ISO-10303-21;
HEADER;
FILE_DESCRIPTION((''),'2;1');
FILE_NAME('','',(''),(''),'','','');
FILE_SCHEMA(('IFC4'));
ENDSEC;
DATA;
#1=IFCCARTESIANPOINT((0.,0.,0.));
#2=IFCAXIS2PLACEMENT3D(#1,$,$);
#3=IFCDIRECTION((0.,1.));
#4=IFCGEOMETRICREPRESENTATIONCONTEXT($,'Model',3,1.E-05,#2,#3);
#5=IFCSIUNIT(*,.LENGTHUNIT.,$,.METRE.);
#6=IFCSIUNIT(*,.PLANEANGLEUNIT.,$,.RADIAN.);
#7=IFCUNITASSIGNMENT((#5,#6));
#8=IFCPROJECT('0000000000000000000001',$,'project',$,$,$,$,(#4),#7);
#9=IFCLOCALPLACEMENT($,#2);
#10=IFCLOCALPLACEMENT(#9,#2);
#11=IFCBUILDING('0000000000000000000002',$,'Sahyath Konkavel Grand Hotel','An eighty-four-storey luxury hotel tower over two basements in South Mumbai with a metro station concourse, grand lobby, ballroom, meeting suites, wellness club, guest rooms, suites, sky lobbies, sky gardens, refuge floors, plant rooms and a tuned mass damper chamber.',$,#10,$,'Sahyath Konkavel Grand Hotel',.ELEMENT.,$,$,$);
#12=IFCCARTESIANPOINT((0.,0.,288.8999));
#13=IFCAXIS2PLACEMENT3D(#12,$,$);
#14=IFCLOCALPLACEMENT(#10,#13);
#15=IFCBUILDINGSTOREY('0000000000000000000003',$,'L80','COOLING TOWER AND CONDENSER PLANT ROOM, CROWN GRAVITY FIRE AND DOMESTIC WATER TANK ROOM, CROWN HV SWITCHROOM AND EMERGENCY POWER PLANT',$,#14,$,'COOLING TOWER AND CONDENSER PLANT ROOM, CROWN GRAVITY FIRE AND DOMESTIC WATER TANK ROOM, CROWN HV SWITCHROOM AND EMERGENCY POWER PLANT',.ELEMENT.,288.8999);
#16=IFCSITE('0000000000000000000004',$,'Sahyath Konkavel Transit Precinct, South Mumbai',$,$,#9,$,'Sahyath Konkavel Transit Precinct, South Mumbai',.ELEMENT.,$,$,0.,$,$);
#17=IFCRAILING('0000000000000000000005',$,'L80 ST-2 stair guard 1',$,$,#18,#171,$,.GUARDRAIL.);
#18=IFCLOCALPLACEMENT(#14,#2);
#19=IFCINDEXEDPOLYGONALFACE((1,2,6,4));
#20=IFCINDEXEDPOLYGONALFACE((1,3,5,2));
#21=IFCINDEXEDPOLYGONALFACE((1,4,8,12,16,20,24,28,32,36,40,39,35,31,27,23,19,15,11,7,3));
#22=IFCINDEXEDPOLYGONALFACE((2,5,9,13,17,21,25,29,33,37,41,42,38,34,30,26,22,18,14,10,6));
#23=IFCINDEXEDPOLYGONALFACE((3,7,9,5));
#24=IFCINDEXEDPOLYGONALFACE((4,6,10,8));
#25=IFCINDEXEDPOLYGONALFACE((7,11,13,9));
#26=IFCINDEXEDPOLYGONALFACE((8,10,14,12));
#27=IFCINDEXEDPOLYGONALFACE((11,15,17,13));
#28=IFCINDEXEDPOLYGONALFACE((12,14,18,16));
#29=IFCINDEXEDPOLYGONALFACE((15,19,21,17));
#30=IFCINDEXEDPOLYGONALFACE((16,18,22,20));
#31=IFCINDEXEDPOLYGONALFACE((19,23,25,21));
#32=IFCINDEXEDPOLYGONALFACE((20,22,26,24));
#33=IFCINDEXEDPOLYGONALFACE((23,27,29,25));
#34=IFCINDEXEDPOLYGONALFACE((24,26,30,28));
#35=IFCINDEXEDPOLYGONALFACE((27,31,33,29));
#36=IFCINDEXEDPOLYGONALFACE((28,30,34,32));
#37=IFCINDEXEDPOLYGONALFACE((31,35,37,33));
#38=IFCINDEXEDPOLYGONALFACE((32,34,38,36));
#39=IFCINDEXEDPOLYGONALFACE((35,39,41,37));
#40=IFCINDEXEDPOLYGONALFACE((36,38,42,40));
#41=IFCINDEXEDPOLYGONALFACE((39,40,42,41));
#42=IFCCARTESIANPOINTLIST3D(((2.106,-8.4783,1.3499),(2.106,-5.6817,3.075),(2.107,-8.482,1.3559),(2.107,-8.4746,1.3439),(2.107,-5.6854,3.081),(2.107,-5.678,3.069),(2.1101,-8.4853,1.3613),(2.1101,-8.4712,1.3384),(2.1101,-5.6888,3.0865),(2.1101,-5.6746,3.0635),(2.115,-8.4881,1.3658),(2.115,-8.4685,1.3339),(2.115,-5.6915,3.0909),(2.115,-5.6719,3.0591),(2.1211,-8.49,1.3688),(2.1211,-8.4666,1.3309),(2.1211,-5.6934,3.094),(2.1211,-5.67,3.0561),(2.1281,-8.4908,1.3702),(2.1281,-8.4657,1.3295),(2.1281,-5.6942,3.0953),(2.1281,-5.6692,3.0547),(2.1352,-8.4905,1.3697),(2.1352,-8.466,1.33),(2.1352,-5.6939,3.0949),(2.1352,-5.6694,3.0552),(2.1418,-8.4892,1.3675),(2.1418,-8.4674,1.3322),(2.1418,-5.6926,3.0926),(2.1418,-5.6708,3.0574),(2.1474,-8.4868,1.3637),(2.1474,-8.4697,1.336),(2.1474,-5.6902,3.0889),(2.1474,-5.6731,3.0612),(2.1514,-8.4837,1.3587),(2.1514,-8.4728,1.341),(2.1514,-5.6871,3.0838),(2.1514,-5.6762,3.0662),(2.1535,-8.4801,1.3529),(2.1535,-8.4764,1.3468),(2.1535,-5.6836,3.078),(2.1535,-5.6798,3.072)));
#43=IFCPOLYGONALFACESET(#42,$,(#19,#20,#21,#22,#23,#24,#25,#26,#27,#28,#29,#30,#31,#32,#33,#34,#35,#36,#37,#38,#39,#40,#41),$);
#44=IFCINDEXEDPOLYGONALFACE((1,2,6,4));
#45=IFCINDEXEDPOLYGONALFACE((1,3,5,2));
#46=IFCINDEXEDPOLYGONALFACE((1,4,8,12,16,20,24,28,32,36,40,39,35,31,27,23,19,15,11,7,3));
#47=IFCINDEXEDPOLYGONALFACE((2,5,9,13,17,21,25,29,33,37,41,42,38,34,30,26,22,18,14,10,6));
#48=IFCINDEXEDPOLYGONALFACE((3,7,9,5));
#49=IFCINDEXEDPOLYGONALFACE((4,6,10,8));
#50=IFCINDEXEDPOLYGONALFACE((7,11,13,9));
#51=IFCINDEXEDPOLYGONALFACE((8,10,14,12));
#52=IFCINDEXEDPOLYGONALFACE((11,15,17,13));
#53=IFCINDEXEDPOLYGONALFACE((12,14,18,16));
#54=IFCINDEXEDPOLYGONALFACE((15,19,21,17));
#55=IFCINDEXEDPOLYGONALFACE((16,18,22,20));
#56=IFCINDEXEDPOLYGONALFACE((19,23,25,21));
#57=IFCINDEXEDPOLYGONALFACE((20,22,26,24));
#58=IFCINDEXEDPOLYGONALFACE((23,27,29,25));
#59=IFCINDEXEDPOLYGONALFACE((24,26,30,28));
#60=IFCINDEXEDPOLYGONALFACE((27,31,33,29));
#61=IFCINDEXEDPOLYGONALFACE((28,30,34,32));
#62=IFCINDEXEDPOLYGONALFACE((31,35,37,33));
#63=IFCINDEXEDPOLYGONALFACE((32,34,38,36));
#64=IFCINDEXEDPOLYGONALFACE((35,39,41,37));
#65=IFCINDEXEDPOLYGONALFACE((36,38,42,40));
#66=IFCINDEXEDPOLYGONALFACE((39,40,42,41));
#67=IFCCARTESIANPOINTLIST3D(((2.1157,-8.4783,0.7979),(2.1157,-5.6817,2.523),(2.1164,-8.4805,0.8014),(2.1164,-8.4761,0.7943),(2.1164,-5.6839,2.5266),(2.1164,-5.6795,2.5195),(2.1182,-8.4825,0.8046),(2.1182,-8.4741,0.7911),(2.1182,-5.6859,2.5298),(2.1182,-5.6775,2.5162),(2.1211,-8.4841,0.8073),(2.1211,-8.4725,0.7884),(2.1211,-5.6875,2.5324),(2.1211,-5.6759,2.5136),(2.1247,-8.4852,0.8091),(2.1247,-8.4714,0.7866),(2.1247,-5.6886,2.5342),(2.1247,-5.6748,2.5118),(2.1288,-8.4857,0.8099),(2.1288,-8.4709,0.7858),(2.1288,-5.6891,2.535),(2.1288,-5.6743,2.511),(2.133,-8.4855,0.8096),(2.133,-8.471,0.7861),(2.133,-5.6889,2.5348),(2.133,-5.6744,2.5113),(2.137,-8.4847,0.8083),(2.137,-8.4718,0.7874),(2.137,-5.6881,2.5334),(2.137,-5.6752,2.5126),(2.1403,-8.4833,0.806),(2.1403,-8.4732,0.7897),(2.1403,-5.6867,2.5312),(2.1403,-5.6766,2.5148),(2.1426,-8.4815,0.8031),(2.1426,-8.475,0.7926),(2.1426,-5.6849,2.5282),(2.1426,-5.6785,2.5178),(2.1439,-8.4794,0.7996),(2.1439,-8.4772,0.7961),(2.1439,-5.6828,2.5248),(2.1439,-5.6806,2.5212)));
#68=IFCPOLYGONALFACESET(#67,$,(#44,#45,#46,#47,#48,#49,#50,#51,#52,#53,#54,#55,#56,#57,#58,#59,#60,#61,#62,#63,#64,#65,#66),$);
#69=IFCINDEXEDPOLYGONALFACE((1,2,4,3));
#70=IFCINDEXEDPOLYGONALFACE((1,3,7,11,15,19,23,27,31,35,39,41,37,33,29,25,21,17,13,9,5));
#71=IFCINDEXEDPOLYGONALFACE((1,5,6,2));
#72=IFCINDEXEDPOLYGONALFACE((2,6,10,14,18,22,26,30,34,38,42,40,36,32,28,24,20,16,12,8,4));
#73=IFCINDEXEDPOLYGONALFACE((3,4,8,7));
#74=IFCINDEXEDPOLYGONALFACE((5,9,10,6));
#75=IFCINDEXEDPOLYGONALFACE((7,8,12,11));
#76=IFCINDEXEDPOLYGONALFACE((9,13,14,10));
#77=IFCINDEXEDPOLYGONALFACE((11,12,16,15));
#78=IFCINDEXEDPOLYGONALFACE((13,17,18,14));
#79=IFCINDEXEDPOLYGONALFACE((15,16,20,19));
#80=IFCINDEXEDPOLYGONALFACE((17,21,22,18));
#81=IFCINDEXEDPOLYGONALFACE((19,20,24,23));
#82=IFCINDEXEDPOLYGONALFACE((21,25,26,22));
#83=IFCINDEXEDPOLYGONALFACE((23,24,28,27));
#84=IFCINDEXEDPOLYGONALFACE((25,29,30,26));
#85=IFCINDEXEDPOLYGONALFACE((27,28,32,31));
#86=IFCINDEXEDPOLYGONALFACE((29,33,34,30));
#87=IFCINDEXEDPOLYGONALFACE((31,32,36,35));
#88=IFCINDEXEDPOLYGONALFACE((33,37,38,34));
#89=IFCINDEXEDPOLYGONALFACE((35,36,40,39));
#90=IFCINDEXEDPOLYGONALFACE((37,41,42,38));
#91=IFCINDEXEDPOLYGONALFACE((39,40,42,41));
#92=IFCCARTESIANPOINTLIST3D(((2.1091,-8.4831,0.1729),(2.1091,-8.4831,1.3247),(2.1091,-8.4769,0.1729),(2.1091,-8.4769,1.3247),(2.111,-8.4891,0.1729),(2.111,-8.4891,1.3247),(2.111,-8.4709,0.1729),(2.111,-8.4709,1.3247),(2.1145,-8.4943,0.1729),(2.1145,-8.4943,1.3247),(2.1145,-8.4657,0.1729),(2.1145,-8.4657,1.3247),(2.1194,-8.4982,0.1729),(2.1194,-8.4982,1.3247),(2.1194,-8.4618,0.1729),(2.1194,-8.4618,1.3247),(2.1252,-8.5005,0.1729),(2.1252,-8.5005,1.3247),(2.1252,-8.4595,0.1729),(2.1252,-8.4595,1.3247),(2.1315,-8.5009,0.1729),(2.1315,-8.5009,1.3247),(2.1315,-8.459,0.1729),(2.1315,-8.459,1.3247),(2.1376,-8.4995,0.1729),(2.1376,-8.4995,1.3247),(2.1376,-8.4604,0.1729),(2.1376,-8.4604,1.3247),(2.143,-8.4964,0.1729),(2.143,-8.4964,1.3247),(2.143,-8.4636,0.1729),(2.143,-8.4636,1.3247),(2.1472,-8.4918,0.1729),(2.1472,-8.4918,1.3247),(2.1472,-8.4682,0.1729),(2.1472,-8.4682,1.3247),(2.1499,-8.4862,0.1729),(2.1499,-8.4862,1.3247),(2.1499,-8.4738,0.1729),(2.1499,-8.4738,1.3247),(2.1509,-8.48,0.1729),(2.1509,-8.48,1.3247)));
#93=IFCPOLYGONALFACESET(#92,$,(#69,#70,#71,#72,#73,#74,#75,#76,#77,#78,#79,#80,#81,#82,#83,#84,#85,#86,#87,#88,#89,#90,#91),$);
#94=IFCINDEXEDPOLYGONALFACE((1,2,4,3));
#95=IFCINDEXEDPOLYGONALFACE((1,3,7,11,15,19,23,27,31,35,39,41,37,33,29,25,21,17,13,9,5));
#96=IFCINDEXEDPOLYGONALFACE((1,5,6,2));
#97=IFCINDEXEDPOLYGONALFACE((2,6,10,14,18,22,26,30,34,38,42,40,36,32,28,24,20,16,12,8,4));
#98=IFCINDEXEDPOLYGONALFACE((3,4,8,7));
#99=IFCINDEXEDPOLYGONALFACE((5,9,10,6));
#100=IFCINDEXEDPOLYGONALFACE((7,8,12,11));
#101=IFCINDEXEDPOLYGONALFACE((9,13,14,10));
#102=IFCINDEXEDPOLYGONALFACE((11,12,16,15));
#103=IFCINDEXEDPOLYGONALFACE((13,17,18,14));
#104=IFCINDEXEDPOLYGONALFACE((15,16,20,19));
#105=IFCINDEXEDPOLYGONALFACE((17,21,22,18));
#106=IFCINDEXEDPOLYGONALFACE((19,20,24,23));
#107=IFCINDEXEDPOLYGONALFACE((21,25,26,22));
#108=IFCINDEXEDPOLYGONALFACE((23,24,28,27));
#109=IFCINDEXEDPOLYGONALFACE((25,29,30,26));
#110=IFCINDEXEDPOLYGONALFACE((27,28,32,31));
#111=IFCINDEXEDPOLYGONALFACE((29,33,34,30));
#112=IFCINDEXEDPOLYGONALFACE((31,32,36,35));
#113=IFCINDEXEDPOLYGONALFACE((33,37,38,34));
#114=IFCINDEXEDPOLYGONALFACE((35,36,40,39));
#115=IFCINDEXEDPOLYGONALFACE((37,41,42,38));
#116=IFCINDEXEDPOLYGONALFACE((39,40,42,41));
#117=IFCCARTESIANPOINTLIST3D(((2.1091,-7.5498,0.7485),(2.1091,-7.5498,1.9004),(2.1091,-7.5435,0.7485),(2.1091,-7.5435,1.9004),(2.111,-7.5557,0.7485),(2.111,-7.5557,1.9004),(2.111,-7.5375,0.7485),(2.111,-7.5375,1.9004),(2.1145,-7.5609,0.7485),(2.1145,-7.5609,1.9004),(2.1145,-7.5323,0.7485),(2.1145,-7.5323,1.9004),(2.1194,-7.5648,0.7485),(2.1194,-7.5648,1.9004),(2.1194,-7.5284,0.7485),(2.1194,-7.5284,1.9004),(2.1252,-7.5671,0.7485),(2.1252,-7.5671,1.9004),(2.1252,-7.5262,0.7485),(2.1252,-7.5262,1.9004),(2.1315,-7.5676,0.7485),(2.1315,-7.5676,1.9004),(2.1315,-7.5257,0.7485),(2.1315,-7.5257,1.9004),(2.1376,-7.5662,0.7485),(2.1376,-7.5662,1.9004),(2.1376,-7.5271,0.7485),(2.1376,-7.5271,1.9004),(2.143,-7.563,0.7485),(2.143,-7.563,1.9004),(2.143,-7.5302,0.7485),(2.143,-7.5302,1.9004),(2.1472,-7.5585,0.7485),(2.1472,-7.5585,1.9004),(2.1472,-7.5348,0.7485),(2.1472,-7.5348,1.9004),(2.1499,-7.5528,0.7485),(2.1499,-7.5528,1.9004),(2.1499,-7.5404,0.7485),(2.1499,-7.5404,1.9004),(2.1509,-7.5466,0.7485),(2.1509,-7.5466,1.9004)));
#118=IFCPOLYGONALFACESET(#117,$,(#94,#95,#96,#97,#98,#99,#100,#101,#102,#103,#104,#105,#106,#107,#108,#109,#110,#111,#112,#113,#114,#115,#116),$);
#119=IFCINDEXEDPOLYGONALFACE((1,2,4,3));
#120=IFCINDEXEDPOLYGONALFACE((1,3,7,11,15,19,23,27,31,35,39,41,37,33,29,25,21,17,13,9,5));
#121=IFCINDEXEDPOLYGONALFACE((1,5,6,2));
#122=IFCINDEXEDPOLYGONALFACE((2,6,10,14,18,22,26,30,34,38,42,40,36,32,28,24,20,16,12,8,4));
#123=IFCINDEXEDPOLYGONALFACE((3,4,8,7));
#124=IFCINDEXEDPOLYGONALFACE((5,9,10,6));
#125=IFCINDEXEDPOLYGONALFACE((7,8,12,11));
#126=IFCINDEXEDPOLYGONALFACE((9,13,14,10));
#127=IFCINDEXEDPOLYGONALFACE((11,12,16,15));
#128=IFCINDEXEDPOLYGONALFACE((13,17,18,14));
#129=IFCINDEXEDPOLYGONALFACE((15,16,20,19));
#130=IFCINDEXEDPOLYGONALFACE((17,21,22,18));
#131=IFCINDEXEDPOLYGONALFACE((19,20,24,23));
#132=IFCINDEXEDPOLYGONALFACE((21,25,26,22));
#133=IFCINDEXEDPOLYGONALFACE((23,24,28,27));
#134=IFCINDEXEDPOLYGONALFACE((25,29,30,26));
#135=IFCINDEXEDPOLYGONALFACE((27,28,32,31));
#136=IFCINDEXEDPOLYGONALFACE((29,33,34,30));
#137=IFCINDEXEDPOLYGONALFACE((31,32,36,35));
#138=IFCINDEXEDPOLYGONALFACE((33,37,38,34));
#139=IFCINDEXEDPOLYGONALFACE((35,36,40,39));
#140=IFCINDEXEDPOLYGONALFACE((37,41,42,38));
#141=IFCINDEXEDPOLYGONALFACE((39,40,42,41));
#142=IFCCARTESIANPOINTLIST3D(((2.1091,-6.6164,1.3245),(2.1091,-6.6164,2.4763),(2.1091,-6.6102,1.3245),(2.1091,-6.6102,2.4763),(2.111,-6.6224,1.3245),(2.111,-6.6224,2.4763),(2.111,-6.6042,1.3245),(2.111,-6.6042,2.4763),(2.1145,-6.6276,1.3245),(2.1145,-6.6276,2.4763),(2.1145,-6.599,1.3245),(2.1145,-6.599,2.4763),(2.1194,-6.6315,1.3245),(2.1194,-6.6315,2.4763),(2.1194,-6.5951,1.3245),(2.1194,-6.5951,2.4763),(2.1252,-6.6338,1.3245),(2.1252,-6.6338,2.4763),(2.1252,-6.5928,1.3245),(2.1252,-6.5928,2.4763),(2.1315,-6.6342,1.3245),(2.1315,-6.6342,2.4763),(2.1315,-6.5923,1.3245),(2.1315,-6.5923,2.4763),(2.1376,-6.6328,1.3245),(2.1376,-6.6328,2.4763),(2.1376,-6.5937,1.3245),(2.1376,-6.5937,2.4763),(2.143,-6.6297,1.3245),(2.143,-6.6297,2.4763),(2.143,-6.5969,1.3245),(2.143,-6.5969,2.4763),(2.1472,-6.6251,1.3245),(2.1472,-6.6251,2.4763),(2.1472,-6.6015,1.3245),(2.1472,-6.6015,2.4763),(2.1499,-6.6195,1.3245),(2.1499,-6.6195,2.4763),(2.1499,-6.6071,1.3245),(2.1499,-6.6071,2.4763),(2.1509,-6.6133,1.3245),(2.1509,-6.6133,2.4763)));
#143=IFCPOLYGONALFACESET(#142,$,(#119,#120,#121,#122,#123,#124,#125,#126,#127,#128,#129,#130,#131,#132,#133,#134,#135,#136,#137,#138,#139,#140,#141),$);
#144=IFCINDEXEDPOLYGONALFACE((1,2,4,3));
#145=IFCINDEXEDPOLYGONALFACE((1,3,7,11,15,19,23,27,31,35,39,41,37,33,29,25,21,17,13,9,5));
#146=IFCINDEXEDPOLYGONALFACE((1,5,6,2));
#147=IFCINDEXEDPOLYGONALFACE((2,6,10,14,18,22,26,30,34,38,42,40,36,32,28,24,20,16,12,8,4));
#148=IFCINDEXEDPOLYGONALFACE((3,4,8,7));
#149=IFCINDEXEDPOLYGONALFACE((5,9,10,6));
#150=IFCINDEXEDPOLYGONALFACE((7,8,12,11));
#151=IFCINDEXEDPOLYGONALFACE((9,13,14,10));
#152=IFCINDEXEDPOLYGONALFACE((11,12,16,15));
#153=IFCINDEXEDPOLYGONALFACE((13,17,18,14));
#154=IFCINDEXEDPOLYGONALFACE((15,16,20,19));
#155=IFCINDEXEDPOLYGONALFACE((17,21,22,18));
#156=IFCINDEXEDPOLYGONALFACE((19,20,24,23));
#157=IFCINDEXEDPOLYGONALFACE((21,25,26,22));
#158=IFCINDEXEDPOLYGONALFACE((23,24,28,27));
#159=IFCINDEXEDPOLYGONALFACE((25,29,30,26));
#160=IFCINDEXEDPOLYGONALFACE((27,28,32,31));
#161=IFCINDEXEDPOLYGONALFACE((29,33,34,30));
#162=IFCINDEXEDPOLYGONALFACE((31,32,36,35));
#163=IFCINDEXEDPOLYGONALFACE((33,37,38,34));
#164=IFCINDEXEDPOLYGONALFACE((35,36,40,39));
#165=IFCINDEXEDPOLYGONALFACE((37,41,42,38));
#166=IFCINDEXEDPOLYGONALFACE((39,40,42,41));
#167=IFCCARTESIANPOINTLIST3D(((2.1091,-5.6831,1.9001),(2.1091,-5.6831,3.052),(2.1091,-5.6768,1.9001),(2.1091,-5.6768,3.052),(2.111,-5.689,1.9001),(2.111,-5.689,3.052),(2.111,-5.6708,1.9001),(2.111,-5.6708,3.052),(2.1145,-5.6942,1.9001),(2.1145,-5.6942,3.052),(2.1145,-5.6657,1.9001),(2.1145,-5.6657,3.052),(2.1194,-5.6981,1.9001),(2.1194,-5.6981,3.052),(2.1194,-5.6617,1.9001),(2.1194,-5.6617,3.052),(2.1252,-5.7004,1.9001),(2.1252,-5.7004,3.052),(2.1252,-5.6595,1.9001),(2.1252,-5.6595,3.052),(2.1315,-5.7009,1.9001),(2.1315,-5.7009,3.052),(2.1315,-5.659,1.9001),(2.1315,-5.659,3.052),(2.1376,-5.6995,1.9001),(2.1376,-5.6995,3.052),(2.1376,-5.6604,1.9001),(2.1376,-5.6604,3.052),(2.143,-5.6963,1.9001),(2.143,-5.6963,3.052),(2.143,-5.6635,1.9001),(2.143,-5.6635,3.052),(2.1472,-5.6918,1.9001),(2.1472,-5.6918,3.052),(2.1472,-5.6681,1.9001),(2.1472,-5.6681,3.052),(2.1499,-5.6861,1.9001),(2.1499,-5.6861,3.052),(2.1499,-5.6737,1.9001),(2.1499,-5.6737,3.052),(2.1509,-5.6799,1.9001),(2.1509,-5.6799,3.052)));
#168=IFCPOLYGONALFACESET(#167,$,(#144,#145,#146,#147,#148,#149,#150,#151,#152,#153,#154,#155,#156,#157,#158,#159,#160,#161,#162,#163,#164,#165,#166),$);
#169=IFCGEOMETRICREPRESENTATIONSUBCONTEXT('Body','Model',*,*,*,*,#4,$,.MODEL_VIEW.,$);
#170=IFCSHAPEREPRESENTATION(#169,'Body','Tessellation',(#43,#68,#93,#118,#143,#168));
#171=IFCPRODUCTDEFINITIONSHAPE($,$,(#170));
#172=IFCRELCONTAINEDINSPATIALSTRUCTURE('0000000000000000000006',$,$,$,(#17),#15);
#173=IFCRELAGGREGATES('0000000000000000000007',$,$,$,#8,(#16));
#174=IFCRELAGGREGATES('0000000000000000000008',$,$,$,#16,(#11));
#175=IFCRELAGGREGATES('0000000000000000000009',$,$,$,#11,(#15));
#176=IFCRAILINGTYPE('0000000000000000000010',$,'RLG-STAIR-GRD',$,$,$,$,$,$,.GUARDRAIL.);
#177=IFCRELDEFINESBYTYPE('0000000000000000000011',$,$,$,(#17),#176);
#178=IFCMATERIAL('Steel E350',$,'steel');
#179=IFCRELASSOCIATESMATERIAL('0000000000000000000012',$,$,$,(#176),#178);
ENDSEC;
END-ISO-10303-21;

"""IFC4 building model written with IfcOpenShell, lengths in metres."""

from ifc_helpers import new_model, si_unit, direction, frame, origin, origin_2d, place, context, subcontext, project, spatial, circle, extrude, material, type_object, element, save


model = new_model("IFC4")

# Units and contexts
model_context = context("Model", 3, precision=1e-05, world=origin(), true_north=direction((0.0, 1.0)))
body_context = subcontext(model_context, "Body", "Model", "MODEL_VIEW")
ifc_project = project(units=[si_unit("LENGTHUNIT", "METRE"), si_unit("PLANEANGLEUNIT", "RADIAN")], contexts=[model_context])

# Site, building, storey
site_placement = place(None, origin())
site = spatial("IfcSite", under=ifc_project, at=site_placement, Name="Sahyath Konkavel Transit Precinct, South Mumbai", LongName="Sahyath Konkavel Transit Precinct, South Mumbai", CompositionType="ELEMENT", RefElevation=0.0)
building_placement = place(site_placement, origin())
building = spatial("IfcBuilding", under=site, at=building_placement, Name="Sahyath Konkavel Grand Hotel", Description="An eighty-four-storey luxury hotel tower over two basements in South Mumbai with a metro station concourse, grand lobby, ballroom, meeting suites, wellness club, guest rooms, suites, sky lobbies, sky gardens, refuge floors, plant rooms and a tuned mass damper chamber.", LongName="Sahyath Konkavel Grand Hotel", CompositionType="ELEMENT")
storey_placement = place(building_placement, frame((0.0, 0.0, 288.8999)))
storey = spatial("IfcBuildingStorey", under=building, at=storey_placement, Name="L80", Description="COOLING TOWER AND CONDENSER PLANT ROOM, CROWN GRAVITY FIRE AND DOMESTIC WATER TANK ROOM, CROWN HV SWITCHROOM AND EMERGENCY POWER PLANT", LongName="COOLING TOWER AND CONDENSER PLANT ROOM, CROWN GRAVITY FIRE AND DOMESTIC WATER TANK ROOM, CROWN HV SWITCHROOM AND EMERGENCY POWER PLANT", CompositionType="ELEMENT", Elevation=288.8999)

# Shared definitions
ifc_material_1 = material(Name="Steel E350", Category="steel")

# Railing
railing_type_1 = type_object("IfcRailingType", Name="RLG-STAIR-GRD", PredefinedType="GUARDRAIL", material=ifc_material_1)
railing_1_placement = place(storey_placement, frame((2.1299, -8.48, 0.1729)))
element("IfcRailing", 1, at=railing_1_placement, inside=storey, type_object=railing_type_1, Name="L80 ST-2 stair guard 1", PredefinedType="GUARDRAIL", context=body_context, shape_type="SweptSolid", body=[
    extrude(circle(Radius=0.0239, at=origin_2d()), frame((0.0, 0.0017, 1.177), z_axis=(0.0, 0.85109, 0.52502), x_axis=(-1.0, 0.0, 0.0)), (0.0, 0.0, 1.0), 3.2859),
    extrude(circle(Radius=0.0142, at=origin_2d()), frame((0.0, 0.0017, 0.625), z_axis=(0.0, 0.85109, 0.52502), x_axis=(-1.0, 0.0, 0.0)), (0.0, 0.0, 1.0), 3.2859),
    extrude(circle(Radius=0.021, at=origin_2d()), origin(), (0.0, 0.0, 1.0), 1.1519),
    extrude(circle(Radius=0.021, at=origin_2d()), frame((0.0, 0.9333, 0.5757)), (0.0, 0.0, 1.0), 1.1519),
    extrude(circle(Radius=0.021, at=origin_2d()), frame((0.0, 1.8667, 1.1516)), (0.0, 0.0, 1.0), 1.1519),
    extrude(circle(Radius=0.021, at=origin_2d()), frame((0.0, 2.8, 1.7273)), (0.0, 0.0, 1.0), 1.1519),
])

save(model, "model.ifc")
